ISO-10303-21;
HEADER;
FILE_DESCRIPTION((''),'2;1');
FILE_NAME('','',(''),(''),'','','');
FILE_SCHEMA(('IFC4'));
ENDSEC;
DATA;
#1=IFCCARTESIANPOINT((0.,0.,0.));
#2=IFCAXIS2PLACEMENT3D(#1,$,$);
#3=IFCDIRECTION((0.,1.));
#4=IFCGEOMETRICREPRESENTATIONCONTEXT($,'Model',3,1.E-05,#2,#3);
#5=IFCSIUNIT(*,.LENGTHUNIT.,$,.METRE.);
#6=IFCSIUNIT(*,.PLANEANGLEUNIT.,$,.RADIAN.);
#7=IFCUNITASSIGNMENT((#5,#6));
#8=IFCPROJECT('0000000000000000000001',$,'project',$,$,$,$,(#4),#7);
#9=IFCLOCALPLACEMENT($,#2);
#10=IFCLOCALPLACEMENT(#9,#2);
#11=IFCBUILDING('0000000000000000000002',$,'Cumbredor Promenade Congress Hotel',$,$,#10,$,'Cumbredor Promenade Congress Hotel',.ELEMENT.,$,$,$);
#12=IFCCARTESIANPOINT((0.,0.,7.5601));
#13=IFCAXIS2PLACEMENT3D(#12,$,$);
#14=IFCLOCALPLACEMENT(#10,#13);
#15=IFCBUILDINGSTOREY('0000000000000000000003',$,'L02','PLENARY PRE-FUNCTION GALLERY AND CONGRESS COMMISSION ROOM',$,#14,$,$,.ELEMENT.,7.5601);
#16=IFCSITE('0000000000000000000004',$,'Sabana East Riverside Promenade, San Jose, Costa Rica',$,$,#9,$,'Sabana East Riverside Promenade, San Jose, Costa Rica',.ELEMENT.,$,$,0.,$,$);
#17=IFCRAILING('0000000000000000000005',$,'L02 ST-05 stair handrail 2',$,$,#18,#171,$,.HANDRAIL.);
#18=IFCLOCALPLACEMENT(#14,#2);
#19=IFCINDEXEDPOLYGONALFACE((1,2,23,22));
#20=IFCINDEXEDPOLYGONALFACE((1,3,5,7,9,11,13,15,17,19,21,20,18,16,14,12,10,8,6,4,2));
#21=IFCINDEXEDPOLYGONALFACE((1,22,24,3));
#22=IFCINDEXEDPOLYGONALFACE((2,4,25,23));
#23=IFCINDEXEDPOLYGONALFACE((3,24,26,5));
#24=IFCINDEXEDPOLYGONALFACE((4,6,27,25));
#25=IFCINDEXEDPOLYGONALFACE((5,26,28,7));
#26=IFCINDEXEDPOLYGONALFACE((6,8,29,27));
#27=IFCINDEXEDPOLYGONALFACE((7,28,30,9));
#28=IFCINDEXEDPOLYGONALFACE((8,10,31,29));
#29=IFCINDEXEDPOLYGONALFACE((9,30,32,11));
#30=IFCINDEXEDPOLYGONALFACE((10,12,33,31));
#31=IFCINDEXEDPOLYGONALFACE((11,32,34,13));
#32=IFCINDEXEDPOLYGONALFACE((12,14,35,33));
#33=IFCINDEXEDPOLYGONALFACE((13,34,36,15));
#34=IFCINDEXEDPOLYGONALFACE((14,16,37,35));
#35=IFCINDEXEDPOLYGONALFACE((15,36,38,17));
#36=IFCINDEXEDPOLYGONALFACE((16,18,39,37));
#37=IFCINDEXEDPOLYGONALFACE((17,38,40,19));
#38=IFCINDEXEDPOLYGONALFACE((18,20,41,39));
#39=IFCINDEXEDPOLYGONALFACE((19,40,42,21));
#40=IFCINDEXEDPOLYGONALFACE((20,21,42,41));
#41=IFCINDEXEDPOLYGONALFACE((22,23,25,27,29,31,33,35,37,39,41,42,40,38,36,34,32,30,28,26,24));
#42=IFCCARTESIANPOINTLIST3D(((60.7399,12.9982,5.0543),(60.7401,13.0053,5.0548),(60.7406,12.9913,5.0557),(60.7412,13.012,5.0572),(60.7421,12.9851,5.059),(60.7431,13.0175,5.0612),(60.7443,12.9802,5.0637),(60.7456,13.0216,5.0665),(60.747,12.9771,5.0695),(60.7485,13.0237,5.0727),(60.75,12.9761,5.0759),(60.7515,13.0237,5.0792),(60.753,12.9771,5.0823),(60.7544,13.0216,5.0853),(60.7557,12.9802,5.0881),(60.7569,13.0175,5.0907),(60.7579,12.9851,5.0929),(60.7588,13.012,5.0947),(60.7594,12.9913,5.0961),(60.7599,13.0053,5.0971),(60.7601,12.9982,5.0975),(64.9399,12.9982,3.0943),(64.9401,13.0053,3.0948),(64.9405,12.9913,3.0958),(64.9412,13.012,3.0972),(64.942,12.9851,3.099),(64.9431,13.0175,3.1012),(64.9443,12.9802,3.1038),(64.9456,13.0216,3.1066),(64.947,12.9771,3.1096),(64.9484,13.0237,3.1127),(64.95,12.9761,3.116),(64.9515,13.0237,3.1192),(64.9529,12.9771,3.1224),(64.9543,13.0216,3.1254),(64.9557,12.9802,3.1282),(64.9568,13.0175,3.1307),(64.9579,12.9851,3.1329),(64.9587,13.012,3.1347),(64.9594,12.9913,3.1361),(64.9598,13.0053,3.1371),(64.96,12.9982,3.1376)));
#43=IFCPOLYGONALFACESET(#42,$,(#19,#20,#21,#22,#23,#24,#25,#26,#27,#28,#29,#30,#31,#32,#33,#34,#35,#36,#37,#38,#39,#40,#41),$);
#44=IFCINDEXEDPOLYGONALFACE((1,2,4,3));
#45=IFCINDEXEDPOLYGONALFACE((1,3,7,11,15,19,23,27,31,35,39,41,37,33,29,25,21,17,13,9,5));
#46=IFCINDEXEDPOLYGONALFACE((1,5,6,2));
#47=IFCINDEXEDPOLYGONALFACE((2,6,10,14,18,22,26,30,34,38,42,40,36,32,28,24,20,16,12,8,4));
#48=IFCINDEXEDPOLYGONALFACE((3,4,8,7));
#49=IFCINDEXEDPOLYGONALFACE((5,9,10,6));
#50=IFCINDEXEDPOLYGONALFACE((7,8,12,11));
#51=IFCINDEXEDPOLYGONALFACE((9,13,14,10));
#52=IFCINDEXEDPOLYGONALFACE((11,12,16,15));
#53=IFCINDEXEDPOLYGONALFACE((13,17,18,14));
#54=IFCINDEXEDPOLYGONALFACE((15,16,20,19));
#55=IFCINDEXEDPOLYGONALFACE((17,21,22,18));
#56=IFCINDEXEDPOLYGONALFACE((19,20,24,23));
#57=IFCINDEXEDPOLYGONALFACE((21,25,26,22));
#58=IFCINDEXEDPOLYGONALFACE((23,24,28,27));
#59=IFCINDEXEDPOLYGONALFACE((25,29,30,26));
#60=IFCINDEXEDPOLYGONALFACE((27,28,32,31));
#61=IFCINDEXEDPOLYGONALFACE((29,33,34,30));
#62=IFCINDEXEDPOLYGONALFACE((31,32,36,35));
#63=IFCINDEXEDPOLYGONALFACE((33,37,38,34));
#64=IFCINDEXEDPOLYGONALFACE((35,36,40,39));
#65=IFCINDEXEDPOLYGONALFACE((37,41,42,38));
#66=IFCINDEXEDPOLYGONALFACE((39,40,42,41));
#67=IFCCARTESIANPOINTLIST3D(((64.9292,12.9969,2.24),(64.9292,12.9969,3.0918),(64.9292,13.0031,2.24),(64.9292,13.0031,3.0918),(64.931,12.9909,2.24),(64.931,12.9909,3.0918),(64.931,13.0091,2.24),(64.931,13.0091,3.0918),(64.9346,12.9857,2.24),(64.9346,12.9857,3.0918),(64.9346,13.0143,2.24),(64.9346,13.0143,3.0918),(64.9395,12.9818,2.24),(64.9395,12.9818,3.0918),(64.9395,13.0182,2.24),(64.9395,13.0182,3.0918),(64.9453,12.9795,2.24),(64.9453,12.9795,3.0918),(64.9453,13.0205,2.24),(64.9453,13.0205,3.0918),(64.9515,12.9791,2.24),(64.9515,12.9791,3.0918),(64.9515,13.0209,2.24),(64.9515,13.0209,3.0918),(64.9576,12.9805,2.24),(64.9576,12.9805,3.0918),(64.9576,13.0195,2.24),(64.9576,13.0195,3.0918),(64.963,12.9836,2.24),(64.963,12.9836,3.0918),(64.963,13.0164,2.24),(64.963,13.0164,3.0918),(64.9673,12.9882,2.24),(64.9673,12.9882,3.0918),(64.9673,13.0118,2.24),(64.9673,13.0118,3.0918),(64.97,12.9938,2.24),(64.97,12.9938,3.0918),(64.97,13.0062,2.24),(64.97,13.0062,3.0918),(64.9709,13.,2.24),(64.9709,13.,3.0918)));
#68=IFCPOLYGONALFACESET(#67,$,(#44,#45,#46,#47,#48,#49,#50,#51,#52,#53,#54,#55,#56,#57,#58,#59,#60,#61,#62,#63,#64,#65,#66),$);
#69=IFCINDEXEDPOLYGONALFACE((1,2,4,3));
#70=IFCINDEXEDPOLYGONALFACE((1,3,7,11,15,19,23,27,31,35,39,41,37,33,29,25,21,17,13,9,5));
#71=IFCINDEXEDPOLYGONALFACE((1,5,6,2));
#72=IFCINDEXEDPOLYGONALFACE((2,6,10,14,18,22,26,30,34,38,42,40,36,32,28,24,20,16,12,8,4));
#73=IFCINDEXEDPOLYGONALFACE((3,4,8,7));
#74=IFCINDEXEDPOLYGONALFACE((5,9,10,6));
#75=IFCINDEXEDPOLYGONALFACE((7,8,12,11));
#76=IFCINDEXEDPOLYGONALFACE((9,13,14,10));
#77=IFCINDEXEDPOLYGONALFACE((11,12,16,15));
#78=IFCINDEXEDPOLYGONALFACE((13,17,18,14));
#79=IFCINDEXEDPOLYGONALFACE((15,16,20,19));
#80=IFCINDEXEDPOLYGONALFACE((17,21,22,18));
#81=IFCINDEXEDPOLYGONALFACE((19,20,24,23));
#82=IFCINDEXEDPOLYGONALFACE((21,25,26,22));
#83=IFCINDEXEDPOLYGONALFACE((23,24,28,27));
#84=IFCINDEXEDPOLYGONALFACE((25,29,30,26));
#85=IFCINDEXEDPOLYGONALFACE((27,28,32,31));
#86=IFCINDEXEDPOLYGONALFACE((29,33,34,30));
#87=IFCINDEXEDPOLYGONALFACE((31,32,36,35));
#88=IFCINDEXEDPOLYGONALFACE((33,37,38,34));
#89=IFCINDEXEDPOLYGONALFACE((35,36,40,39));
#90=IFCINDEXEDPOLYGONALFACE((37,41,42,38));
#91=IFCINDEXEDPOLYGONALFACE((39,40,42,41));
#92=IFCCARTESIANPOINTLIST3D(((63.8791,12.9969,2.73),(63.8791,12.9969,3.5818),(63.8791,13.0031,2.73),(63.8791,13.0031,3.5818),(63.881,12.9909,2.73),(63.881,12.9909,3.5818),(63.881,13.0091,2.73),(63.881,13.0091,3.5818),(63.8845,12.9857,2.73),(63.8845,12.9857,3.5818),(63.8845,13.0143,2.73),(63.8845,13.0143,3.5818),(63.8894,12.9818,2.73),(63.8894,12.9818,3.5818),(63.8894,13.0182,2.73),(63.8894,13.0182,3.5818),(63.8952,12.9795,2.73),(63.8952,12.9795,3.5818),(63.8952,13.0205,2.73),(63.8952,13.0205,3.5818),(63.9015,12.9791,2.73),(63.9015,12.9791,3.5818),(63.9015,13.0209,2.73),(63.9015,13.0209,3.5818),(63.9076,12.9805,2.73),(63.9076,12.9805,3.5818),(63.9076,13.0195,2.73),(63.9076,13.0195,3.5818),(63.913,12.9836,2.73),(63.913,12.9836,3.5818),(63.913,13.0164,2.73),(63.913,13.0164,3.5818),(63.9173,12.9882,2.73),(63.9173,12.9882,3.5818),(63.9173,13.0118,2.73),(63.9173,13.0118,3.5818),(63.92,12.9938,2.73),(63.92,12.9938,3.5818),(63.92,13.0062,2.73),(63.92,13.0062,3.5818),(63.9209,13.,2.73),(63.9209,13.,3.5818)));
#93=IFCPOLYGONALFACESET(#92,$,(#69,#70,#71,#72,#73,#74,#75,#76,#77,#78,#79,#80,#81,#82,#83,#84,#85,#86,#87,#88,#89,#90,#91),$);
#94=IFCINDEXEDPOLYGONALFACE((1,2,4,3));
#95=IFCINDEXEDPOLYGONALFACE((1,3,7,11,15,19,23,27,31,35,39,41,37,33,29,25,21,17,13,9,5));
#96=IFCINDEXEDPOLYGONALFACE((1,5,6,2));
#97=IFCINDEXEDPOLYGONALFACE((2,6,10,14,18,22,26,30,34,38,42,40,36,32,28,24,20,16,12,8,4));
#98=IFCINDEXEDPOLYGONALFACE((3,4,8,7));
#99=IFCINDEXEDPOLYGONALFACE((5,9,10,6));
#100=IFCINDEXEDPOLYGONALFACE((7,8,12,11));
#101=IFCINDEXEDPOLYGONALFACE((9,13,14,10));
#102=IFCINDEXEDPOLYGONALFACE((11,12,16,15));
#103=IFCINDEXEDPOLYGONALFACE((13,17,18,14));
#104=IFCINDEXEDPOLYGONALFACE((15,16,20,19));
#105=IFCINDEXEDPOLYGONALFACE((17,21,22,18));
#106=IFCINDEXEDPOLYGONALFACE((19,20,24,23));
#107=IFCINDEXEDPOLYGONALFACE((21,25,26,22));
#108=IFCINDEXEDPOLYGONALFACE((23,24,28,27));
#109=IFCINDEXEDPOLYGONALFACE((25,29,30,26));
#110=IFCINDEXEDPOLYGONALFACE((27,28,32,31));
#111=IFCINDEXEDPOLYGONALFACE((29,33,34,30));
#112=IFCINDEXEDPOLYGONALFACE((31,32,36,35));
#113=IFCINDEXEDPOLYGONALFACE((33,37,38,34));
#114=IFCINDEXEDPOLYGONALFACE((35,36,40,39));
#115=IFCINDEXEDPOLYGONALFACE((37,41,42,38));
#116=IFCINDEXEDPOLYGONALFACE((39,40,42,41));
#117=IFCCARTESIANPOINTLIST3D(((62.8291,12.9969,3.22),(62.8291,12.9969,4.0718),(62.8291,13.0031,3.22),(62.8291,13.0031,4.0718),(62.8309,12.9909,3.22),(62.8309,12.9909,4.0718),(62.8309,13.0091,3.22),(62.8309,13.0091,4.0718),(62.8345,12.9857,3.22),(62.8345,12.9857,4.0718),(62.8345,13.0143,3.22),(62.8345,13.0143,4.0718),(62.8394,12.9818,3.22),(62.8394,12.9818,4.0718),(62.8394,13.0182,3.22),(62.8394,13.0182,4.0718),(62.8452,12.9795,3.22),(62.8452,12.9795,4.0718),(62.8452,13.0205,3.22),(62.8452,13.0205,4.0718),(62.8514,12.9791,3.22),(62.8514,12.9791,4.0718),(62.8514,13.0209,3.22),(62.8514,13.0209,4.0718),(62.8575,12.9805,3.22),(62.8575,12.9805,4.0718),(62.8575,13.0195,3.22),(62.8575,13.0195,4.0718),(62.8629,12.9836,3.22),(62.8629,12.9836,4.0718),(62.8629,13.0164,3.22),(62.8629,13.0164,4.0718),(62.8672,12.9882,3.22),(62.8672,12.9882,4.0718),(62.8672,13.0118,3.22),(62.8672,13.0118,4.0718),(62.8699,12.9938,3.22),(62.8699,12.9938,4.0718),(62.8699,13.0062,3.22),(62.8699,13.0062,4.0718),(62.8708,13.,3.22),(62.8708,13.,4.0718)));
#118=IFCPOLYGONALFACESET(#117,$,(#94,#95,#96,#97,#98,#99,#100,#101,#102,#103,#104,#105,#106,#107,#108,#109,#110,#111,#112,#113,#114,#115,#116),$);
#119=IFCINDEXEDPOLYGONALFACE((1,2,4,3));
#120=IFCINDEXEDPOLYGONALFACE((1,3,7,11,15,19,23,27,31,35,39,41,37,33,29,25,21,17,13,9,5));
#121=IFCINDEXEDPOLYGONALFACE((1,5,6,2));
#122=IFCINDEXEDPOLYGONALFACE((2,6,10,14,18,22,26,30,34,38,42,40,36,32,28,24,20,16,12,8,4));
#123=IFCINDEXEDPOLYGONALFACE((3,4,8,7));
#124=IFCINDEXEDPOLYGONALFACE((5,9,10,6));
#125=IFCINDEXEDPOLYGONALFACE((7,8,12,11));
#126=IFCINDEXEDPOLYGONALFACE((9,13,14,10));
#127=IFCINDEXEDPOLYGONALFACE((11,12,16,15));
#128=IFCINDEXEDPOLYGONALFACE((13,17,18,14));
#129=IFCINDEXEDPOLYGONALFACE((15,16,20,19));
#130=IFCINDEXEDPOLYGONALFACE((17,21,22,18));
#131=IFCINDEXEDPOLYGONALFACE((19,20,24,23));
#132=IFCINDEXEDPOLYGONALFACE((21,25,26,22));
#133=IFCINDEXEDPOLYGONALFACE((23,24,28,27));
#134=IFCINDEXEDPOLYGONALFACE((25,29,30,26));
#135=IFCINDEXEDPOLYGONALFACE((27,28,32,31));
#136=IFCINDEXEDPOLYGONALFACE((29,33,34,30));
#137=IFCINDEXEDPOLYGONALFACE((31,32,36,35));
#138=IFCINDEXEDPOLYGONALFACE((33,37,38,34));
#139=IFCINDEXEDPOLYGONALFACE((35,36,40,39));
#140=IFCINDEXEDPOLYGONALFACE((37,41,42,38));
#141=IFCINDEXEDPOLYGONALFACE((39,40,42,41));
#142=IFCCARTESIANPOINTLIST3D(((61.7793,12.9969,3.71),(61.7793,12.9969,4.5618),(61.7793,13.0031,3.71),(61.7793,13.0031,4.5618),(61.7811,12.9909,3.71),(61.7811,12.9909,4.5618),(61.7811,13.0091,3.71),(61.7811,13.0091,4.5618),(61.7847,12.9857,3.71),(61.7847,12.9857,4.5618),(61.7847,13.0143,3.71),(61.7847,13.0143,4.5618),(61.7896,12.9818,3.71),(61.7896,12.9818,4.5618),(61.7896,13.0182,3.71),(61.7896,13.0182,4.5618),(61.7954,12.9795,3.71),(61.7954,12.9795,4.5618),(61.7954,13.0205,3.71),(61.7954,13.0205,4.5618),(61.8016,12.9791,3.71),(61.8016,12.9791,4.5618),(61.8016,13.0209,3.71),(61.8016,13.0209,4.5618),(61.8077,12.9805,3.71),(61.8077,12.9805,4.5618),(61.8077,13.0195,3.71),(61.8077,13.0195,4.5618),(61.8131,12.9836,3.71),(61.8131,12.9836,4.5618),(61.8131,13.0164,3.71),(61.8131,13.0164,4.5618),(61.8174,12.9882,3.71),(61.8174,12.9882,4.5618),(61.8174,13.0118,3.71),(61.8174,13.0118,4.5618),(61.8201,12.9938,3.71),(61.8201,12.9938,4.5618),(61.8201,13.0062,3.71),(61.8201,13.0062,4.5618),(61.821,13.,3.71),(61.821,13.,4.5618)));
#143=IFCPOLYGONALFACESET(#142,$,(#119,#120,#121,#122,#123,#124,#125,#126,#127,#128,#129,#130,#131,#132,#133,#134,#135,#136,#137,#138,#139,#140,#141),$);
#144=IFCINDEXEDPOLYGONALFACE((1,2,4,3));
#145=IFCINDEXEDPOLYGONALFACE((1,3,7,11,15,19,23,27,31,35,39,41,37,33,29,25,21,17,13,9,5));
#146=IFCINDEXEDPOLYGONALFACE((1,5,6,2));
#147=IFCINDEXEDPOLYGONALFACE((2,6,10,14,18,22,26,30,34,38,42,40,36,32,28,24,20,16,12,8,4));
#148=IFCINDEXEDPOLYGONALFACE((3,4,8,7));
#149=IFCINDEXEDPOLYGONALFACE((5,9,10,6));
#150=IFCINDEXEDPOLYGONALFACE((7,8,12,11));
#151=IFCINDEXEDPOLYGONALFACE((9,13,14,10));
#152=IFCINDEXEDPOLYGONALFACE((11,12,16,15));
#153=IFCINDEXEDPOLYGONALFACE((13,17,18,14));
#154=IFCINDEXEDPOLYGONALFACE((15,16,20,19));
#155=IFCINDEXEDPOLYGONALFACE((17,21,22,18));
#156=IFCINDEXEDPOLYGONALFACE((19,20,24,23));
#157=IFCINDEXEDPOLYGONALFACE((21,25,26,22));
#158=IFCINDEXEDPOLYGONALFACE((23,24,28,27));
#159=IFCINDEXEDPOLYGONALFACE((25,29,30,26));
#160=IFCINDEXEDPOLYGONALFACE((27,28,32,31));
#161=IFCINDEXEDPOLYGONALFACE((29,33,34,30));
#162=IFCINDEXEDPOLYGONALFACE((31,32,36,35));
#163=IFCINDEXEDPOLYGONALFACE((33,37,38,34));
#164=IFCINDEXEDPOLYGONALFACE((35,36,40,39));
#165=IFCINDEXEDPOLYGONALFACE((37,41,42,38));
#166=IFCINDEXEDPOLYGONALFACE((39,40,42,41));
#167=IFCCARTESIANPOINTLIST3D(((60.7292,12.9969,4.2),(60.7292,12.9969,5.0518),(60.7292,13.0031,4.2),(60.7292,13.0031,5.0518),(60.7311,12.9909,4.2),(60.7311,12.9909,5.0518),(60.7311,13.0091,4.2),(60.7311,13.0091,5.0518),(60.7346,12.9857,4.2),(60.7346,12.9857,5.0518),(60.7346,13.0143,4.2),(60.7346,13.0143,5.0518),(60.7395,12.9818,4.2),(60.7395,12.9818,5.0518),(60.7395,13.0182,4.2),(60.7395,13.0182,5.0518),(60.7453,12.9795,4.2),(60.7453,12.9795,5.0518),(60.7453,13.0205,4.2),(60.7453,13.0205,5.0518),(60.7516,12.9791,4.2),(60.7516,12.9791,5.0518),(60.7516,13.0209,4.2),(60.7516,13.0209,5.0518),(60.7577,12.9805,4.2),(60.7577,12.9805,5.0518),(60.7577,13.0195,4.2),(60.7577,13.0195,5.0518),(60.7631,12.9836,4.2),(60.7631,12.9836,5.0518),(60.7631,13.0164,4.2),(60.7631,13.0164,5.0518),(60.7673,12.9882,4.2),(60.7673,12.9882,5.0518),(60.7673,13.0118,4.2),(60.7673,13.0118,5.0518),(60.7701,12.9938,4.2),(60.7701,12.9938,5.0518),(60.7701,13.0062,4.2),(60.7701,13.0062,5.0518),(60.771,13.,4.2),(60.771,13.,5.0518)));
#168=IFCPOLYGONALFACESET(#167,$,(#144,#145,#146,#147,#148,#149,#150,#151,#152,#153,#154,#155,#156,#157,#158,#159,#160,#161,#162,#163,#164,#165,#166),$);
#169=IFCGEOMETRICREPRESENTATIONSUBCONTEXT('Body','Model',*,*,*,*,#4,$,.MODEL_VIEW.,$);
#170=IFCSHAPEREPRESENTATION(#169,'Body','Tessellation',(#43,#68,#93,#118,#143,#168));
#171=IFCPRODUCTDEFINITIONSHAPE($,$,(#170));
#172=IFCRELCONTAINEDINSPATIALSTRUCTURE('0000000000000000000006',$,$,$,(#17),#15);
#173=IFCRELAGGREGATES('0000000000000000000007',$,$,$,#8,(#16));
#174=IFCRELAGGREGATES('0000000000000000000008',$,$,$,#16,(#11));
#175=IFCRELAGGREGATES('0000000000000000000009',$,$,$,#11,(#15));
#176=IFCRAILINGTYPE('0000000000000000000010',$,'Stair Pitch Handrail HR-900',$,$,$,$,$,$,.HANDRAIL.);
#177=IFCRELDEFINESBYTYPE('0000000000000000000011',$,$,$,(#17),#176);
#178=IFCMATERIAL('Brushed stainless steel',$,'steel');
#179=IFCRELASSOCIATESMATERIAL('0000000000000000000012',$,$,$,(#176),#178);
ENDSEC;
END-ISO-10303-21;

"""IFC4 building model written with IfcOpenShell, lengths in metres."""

from ifc_helpers import new_model, si_unit, direction, frame, origin, origin_2d, place, context, subcontext, project, spatial, circle, extrude, material, type_object, element, save


model = new_model("IFC4")

# Units and contexts
model_context = context("Model", 3, precision=1e-05, world=origin(), true_north=direction((0.0, 1.0)))
body_context = subcontext(model_context, "Body", "Model", "MODEL_VIEW")
ifc_project = project(units=[si_unit("LENGTHUNIT", "METRE"), si_unit("PLANEANGLEUNIT", "RADIAN")], contexts=[model_context])

# Site, building, storey
site_placement = place(None, origin())
site = spatial("IfcSite", under=ifc_project, at=site_placement, Name="Sabana East Riverside Promenade, San Jose, Costa Rica", LongName="Sabana East Riverside Promenade, San Jose, Costa Rica", CompositionType="ELEMENT", RefElevation=0.0)
building_placement = place(site_placement, origin())
building = spatial("IfcBuilding", under=site, at=building_placement, Name="Cumbredor Promenade Congress Hotel", LongName="Cumbredor Promenade Congress Hotel", CompositionType="ELEMENT")
storey_placement = place(building_placement, frame((0.0, 0.0, 7.5601)))
storey = spatial("IfcBuildingStorey", under=building, at=storey_placement, Name="L02", Description="PLENARY PRE-FUNCTION GALLERY AND CONGRESS COMMISSION ROOM", CompositionType="ELEMENT", Elevation=7.5601)

# Railing
ifc_material_1 = material(Name="Brushed stainless steel", Category="steel")
railing_type_1 = type_object("IfcRailingType", Name="Stair Pitch Handrail HR-900", PredefinedType="HANDRAIL", material=ifc_material_1)
railing_1_placement = place(storey_placement, frame((64.95, 13.0, 2.24)))
element("IfcRailing", 1, at=railing_1_placement, inside=storey, type_object=railing_type_1, Name="L02 ST-05 stair handrail 2", PredefinedType="HANDRAIL", context=body_context, shape_type="SweptSolid", body=[
    extrude(circle(Radius=0.0239, at=origin_2d()), frame((0.0, 0.0, 0.876), z_axis=(-0.906184, 0.0, 0.422883), x_axis=(0.0, -1.0, 0.0)), (0.0, 0.0, 1.0), 4.6348),
    extrude(circle(Radius=0.021, at=origin_2d()), origin(), (0.0, 0.0, 1.0), 0.8518),
    extrude(circle(Radius=0.021, at=origin_2d()), frame((-1.05, 0.0, 0.49)), (0.0, 0.0, 1.0), 0.8518),
    extrude(circle(Radius=0.021, at=origin_2d()), frame((-2.1001, 0.0, 0.98)), (0.0, 0.0, 1.0), 0.8518),
    extrude(circle(Radius=0.021, at=origin_2d()), frame((-3.1499, 0.0, 1.47)), (0.0, 0.0, 1.0), 0.8518),
    extrude(circle(Radius=0.021, at=origin_2d()), frame((-4.2, 0.0, 1.96)), (0.0, 0.0, 1.0), 0.8518),
])

save(model, "model.ifc")
